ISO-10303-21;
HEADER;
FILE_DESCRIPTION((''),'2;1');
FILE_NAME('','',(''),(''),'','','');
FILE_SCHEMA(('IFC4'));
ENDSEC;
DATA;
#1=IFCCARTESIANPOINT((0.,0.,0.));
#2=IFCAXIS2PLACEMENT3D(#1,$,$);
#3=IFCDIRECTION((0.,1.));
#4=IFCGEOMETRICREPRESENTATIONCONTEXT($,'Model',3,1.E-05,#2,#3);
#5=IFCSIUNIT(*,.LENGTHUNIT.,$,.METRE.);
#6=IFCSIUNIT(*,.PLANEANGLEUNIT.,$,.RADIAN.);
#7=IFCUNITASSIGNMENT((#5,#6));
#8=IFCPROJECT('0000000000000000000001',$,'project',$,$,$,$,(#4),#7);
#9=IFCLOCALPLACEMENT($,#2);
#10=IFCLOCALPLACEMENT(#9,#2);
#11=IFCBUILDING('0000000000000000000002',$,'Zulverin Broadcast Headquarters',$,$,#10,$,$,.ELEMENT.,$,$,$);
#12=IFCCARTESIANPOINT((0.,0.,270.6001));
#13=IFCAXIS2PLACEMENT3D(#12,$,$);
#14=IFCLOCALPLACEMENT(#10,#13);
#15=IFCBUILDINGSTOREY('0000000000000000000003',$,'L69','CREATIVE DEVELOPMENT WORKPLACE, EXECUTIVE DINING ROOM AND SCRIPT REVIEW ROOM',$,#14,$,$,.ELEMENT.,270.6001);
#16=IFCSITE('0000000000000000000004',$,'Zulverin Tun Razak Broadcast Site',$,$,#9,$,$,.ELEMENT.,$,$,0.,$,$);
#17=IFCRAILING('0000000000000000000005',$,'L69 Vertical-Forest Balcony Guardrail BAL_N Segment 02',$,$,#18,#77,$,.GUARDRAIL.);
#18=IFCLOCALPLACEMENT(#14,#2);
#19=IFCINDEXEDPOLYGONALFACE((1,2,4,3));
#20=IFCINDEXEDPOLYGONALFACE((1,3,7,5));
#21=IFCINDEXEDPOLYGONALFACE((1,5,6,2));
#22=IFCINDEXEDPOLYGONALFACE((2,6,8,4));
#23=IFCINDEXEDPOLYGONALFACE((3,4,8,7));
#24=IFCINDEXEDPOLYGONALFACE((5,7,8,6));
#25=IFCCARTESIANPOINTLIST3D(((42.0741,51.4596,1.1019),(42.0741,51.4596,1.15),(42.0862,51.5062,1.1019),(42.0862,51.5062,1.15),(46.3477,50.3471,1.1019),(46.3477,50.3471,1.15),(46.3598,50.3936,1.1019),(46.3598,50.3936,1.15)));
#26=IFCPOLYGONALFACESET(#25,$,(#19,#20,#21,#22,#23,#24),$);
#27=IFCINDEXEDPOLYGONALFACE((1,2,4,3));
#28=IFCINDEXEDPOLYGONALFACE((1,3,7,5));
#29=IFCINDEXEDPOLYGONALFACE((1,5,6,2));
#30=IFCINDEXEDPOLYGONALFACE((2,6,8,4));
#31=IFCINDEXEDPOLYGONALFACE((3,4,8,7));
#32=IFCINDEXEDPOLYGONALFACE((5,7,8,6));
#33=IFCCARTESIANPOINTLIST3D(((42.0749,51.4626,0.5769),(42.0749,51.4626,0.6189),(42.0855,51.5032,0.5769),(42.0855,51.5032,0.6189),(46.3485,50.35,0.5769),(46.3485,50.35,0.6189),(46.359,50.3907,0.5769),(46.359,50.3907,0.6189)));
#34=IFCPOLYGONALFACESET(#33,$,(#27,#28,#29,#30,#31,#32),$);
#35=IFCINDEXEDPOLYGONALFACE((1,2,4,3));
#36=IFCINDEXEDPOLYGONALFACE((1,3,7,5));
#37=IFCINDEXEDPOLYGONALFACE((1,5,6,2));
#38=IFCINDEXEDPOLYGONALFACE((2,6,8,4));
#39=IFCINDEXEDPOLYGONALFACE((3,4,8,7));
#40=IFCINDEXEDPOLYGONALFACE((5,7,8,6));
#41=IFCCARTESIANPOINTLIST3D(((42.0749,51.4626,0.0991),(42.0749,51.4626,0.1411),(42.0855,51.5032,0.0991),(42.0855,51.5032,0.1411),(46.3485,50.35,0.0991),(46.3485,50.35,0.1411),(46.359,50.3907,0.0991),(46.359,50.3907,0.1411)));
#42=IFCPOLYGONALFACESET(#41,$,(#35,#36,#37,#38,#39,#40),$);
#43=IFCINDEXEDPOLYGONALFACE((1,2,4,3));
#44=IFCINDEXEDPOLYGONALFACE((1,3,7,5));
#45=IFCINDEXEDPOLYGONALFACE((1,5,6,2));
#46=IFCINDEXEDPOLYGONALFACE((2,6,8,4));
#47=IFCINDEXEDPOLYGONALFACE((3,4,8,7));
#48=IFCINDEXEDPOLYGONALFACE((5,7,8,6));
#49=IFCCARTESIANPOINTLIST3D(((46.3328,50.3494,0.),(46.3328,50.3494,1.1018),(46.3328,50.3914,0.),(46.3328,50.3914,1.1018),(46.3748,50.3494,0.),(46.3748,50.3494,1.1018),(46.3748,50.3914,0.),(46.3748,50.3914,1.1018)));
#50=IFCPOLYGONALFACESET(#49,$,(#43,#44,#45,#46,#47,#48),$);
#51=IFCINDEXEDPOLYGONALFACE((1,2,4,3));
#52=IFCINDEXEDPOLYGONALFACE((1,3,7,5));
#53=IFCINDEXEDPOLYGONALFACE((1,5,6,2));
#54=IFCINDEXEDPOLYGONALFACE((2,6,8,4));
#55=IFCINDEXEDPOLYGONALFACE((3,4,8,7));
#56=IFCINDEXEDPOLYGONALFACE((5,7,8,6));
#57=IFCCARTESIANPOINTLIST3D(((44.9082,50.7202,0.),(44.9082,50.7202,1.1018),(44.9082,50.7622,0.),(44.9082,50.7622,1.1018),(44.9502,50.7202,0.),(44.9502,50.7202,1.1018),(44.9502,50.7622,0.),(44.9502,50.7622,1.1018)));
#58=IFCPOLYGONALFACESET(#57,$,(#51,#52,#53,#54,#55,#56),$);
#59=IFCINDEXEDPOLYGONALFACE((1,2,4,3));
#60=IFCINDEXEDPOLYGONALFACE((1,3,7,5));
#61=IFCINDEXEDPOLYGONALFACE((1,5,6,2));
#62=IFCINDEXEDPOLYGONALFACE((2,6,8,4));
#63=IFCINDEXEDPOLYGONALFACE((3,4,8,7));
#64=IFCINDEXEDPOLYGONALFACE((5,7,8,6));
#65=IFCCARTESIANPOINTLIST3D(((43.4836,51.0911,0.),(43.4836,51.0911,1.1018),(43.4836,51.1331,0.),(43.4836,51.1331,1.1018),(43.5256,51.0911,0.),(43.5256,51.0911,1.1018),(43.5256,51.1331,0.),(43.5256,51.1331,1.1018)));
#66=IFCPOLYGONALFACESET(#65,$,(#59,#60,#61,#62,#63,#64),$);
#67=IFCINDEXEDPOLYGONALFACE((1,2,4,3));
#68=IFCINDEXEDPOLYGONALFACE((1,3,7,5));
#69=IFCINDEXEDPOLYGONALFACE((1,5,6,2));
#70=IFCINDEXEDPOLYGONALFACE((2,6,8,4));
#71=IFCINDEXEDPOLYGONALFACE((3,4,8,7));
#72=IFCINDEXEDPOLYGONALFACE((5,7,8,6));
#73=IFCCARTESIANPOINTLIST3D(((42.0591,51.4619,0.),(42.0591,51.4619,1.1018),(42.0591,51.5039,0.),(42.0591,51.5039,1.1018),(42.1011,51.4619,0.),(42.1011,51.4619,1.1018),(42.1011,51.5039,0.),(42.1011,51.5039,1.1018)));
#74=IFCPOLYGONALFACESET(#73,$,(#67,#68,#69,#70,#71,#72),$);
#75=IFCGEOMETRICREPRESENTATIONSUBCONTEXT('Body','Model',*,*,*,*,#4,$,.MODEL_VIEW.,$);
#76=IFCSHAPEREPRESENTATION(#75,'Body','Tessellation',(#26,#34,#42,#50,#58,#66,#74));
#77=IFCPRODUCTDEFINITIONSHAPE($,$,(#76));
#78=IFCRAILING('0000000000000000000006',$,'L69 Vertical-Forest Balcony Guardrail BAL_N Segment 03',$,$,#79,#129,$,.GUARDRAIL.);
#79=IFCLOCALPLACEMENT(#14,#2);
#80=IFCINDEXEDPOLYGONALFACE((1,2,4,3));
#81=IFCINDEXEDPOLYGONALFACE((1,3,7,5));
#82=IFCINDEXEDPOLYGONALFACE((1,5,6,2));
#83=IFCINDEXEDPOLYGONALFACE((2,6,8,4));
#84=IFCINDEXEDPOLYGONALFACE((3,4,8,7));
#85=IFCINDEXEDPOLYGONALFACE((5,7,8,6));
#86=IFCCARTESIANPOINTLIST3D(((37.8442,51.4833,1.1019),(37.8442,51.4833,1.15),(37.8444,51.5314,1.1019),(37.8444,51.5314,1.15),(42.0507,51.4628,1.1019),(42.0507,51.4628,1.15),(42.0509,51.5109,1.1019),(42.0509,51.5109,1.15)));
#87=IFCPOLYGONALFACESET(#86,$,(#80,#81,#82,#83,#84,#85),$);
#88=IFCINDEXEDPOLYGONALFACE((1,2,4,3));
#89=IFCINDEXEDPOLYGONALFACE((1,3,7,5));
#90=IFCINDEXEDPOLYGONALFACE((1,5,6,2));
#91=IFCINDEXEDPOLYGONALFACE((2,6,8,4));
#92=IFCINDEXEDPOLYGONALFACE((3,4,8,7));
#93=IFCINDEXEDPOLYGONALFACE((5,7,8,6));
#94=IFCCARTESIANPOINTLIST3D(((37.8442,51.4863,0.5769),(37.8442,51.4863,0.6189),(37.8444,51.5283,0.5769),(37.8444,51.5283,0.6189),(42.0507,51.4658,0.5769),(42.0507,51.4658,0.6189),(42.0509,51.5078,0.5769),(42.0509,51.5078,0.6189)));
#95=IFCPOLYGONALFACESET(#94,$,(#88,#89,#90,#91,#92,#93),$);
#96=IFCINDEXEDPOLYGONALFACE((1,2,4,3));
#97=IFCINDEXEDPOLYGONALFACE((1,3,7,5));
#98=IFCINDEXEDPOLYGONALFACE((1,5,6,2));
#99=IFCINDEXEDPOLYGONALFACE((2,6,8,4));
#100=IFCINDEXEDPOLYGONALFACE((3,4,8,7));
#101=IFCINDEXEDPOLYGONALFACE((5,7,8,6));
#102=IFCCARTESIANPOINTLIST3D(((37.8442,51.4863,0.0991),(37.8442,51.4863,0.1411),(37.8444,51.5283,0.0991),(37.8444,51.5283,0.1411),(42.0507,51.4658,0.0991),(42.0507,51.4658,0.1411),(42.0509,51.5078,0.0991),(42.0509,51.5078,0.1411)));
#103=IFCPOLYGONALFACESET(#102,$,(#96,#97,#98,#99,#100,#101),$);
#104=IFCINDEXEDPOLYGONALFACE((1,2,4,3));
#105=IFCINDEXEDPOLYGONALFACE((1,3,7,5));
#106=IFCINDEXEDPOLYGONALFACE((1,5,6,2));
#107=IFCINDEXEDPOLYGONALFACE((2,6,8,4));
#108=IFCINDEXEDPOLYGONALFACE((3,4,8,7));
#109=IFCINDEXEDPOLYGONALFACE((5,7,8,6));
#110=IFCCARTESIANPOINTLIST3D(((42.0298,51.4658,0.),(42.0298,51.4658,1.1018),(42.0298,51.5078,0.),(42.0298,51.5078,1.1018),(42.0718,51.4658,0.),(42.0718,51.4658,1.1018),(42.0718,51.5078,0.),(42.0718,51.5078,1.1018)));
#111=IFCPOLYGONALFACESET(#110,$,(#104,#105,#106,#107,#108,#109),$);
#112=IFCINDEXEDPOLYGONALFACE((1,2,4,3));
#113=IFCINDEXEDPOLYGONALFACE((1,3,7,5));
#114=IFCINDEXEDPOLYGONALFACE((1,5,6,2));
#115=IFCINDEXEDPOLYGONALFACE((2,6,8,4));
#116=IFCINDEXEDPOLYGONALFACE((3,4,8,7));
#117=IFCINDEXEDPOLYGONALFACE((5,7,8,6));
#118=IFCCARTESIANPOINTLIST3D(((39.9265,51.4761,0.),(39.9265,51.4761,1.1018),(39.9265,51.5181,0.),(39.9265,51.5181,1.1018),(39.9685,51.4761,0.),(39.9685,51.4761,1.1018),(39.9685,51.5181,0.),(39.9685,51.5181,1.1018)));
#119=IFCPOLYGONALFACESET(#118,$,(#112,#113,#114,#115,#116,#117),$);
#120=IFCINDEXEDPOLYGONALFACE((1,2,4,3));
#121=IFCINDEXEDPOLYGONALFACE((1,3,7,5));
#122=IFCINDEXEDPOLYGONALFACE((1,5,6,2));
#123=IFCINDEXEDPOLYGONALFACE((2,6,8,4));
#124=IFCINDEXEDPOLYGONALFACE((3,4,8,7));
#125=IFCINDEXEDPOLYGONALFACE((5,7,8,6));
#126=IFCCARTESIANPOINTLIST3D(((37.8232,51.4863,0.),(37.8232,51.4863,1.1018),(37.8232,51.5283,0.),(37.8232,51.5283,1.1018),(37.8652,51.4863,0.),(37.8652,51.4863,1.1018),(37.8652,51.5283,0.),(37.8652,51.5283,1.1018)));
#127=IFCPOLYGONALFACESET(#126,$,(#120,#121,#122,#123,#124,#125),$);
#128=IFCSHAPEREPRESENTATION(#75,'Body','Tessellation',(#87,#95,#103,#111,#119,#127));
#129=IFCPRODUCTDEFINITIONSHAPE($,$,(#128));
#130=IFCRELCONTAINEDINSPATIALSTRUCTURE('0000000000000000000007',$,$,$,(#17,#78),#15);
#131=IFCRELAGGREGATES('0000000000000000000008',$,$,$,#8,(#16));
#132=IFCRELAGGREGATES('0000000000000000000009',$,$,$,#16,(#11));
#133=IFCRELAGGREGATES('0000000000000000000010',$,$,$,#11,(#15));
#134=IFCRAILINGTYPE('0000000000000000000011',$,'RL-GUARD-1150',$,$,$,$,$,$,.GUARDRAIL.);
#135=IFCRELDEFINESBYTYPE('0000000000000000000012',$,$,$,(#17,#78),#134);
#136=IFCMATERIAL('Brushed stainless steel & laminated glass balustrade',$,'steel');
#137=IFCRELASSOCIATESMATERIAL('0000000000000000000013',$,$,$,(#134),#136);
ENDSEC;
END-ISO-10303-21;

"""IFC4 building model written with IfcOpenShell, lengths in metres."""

from ifc_helpers import new_model, si_unit, direction, frame, origin, origin_2d, place, context, subcontext, project, spatial, rectangle, extrude, material, type_object, element, save


model = new_model("IFC4")

# Units and contexts
model_context = context("Model", 3, precision=1e-05, world=origin(), true_north=direction((0.0, 1.0)))
body_context = subcontext(model_context, "Body", "Model", "MODEL_VIEW")
ifc_project = project(units=[si_unit("LENGTHUNIT", "METRE"), si_unit("PLANEANGLEUNIT", "RADIAN")], contexts=[model_context])

# Site, building, storey
site_placement = place(None, origin())
site = spatial("IfcSite", under=ifc_project, at=site_placement, Name="Zulverin Tun Razak Broadcast Site", CompositionType="ELEMENT", RefElevation=0.0)
building_placement = place(site_placement, origin())
building = spatial("IfcBuilding", under=site, at=building_placement, Name="Zulverin Broadcast Headquarters", CompositionType="ELEMENT")
storey_placement = place(building_placement, frame((0.0, 0.0, 270.6001)))
storey = spatial("IfcBuildingStorey", under=building, at=storey_placement, Name="L69", Description="CREATIVE DEVELOPMENT WORKPLACE, EXECUTIVE DINING ROOM AND SCRIPT REVIEW ROOM", CompositionType="ELEMENT", Elevation=270.6001)

# Railings
ifc_material_1 = material(Name="Brushed stainless steel & laminated glass balustrade", Category="steel")
railing_type = type_object("IfcRailingType", Name="RL-GUARD-1150", PredefinedType="GUARDRAIL", material=ifc_material_1)
railing_1_placement = place(storey_placement, frame((46.3538, 50.3704, 0.0)))
element("IfcRailing", 1, at=railing_1_placement, inside=storey, type_object=railing_type, Name="L69 Vertical-Forest Balcony Guardrail BAL_N Segment 02", PredefinedType="GUARDRAIL", context=body_context, shape_type="SweptSolid", body=[
    extrude(rectangle(XDim=0.0481, YDim=0.0481, at=origin_2d()), frame((0.0, 0.0, 1.126), z_axis=(-0.967746, 0.251929, 0.0), x_axis=(-0.251929, -0.967746, 0.0)), (0.0, 0.0, 1.0), 4.416),
    extrude(rectangle(XDim=0.042, YDim=0.042, at=origin_2d()), frame((0.0, 0.0, 0.5979), z_axis=(-0.967746, 0.251929, 0.0), x_axis=(-0.251929, -0.967746, 0.0)), (0.0, 0.0, 1.0), 4.416),
    extrude(rectangle(XDim=0.042, YDim=0.042, at=origin_2d()), frame((0.0, 0.0, 0.1201), z_axis=(-0.967746, 0.251929, 0.0), x_axis=(-0.251929, -0.967746, 0.0)), (0.0, 0.0, 1.0), 4.416),
    extrude(rectangle(XDim=0.042, YDim=0.042, at=origin_2d()), origin(), (0.0, 0.0, 1.0), 1.1018),
    extrude(rectangle(XDim=0.042, YDim=0.042, at=origin_2d()), frame((-1.4246, 0.3708, 0.0)), (0.0, 0.0, 1.0), 1.1018),
    extrude(rectangle(XDim=0.042, YDim=0.042, at=origin_2d()), frame((-2.8491, 0.7417, 0.0)), (0.0, 0.0, 1.0), 1.1018),
    extrude(rectangle(XDim=0.042, YDim=0.042, at=origin_2d()), frame((-4.2737, 1.1125, 0.0)), (0.0, 0.0, 1.0), 1.1018),
])
railing_2_placement = place(storey_placement, frame((42.0508, 51.4868, 0.0)))
element("IfcRailing", 2, at=railing_2_placement, inside=storey, type_object=railing_type, Name="L69 Vertical-Forest Balcony Guardrail BAL_N Segment 03", PredefinedType="GUARDRAIL", context=body_context, shape_type="SweptSolid", body=[
    extrude(rectangle(XDim=0.0481, YDim=0.0481, at=origin_2d()), frame((0.0, 0.0, 1.126), z_axis=(-0.999988, 0.004875, 0.0), x_axis=(-0.004875, -0.999988, 0.0)), (0.0, 0.0, 1.0), 4.2065),
    extrude(rectangle(XDim=0.042, YDim=0.042, at=origin_2d()), frame((0.0, 0.0, 0.5979), z_axis=(-0.999988, 0.004875, 0.0), x_axis=(-0.004875, -0.999988, 0.0)), (0.0, 0.0, 1.0), 4.2065),
    extrude(rectangle(XDim=0.042, YDim=0.042, at=origin_2d()), frame((0.0, 0.0, 0.1201), z_axis=(-0.999988, 0.004875, 0.0), x_axis=(-0.004875, -0.999988, 0.0)), (0.0, 0.0, 1.0), 4.2065),
    extrude(rectangle(XDim=0.042, YDim=0.042, at=origin_2d()), origin(), (0.0, 0.0, 1.0), 1.1018),
    extrude(rectangle(XDim=0.042, YDim=0.042, at=origin_2d()), frame((-2.1033, 0.0103, 0.0)), (0.0, 0.0, 1.0), 1.1018),
    extrude(rectangle(XDim=0.042, YDim=0.042, at=origin_2d()), frame((-4.2065, 0.0205, 0.0)), (0.0, 0.0, 1.0), 1.1018),
])

save(model, "model.ifc")
